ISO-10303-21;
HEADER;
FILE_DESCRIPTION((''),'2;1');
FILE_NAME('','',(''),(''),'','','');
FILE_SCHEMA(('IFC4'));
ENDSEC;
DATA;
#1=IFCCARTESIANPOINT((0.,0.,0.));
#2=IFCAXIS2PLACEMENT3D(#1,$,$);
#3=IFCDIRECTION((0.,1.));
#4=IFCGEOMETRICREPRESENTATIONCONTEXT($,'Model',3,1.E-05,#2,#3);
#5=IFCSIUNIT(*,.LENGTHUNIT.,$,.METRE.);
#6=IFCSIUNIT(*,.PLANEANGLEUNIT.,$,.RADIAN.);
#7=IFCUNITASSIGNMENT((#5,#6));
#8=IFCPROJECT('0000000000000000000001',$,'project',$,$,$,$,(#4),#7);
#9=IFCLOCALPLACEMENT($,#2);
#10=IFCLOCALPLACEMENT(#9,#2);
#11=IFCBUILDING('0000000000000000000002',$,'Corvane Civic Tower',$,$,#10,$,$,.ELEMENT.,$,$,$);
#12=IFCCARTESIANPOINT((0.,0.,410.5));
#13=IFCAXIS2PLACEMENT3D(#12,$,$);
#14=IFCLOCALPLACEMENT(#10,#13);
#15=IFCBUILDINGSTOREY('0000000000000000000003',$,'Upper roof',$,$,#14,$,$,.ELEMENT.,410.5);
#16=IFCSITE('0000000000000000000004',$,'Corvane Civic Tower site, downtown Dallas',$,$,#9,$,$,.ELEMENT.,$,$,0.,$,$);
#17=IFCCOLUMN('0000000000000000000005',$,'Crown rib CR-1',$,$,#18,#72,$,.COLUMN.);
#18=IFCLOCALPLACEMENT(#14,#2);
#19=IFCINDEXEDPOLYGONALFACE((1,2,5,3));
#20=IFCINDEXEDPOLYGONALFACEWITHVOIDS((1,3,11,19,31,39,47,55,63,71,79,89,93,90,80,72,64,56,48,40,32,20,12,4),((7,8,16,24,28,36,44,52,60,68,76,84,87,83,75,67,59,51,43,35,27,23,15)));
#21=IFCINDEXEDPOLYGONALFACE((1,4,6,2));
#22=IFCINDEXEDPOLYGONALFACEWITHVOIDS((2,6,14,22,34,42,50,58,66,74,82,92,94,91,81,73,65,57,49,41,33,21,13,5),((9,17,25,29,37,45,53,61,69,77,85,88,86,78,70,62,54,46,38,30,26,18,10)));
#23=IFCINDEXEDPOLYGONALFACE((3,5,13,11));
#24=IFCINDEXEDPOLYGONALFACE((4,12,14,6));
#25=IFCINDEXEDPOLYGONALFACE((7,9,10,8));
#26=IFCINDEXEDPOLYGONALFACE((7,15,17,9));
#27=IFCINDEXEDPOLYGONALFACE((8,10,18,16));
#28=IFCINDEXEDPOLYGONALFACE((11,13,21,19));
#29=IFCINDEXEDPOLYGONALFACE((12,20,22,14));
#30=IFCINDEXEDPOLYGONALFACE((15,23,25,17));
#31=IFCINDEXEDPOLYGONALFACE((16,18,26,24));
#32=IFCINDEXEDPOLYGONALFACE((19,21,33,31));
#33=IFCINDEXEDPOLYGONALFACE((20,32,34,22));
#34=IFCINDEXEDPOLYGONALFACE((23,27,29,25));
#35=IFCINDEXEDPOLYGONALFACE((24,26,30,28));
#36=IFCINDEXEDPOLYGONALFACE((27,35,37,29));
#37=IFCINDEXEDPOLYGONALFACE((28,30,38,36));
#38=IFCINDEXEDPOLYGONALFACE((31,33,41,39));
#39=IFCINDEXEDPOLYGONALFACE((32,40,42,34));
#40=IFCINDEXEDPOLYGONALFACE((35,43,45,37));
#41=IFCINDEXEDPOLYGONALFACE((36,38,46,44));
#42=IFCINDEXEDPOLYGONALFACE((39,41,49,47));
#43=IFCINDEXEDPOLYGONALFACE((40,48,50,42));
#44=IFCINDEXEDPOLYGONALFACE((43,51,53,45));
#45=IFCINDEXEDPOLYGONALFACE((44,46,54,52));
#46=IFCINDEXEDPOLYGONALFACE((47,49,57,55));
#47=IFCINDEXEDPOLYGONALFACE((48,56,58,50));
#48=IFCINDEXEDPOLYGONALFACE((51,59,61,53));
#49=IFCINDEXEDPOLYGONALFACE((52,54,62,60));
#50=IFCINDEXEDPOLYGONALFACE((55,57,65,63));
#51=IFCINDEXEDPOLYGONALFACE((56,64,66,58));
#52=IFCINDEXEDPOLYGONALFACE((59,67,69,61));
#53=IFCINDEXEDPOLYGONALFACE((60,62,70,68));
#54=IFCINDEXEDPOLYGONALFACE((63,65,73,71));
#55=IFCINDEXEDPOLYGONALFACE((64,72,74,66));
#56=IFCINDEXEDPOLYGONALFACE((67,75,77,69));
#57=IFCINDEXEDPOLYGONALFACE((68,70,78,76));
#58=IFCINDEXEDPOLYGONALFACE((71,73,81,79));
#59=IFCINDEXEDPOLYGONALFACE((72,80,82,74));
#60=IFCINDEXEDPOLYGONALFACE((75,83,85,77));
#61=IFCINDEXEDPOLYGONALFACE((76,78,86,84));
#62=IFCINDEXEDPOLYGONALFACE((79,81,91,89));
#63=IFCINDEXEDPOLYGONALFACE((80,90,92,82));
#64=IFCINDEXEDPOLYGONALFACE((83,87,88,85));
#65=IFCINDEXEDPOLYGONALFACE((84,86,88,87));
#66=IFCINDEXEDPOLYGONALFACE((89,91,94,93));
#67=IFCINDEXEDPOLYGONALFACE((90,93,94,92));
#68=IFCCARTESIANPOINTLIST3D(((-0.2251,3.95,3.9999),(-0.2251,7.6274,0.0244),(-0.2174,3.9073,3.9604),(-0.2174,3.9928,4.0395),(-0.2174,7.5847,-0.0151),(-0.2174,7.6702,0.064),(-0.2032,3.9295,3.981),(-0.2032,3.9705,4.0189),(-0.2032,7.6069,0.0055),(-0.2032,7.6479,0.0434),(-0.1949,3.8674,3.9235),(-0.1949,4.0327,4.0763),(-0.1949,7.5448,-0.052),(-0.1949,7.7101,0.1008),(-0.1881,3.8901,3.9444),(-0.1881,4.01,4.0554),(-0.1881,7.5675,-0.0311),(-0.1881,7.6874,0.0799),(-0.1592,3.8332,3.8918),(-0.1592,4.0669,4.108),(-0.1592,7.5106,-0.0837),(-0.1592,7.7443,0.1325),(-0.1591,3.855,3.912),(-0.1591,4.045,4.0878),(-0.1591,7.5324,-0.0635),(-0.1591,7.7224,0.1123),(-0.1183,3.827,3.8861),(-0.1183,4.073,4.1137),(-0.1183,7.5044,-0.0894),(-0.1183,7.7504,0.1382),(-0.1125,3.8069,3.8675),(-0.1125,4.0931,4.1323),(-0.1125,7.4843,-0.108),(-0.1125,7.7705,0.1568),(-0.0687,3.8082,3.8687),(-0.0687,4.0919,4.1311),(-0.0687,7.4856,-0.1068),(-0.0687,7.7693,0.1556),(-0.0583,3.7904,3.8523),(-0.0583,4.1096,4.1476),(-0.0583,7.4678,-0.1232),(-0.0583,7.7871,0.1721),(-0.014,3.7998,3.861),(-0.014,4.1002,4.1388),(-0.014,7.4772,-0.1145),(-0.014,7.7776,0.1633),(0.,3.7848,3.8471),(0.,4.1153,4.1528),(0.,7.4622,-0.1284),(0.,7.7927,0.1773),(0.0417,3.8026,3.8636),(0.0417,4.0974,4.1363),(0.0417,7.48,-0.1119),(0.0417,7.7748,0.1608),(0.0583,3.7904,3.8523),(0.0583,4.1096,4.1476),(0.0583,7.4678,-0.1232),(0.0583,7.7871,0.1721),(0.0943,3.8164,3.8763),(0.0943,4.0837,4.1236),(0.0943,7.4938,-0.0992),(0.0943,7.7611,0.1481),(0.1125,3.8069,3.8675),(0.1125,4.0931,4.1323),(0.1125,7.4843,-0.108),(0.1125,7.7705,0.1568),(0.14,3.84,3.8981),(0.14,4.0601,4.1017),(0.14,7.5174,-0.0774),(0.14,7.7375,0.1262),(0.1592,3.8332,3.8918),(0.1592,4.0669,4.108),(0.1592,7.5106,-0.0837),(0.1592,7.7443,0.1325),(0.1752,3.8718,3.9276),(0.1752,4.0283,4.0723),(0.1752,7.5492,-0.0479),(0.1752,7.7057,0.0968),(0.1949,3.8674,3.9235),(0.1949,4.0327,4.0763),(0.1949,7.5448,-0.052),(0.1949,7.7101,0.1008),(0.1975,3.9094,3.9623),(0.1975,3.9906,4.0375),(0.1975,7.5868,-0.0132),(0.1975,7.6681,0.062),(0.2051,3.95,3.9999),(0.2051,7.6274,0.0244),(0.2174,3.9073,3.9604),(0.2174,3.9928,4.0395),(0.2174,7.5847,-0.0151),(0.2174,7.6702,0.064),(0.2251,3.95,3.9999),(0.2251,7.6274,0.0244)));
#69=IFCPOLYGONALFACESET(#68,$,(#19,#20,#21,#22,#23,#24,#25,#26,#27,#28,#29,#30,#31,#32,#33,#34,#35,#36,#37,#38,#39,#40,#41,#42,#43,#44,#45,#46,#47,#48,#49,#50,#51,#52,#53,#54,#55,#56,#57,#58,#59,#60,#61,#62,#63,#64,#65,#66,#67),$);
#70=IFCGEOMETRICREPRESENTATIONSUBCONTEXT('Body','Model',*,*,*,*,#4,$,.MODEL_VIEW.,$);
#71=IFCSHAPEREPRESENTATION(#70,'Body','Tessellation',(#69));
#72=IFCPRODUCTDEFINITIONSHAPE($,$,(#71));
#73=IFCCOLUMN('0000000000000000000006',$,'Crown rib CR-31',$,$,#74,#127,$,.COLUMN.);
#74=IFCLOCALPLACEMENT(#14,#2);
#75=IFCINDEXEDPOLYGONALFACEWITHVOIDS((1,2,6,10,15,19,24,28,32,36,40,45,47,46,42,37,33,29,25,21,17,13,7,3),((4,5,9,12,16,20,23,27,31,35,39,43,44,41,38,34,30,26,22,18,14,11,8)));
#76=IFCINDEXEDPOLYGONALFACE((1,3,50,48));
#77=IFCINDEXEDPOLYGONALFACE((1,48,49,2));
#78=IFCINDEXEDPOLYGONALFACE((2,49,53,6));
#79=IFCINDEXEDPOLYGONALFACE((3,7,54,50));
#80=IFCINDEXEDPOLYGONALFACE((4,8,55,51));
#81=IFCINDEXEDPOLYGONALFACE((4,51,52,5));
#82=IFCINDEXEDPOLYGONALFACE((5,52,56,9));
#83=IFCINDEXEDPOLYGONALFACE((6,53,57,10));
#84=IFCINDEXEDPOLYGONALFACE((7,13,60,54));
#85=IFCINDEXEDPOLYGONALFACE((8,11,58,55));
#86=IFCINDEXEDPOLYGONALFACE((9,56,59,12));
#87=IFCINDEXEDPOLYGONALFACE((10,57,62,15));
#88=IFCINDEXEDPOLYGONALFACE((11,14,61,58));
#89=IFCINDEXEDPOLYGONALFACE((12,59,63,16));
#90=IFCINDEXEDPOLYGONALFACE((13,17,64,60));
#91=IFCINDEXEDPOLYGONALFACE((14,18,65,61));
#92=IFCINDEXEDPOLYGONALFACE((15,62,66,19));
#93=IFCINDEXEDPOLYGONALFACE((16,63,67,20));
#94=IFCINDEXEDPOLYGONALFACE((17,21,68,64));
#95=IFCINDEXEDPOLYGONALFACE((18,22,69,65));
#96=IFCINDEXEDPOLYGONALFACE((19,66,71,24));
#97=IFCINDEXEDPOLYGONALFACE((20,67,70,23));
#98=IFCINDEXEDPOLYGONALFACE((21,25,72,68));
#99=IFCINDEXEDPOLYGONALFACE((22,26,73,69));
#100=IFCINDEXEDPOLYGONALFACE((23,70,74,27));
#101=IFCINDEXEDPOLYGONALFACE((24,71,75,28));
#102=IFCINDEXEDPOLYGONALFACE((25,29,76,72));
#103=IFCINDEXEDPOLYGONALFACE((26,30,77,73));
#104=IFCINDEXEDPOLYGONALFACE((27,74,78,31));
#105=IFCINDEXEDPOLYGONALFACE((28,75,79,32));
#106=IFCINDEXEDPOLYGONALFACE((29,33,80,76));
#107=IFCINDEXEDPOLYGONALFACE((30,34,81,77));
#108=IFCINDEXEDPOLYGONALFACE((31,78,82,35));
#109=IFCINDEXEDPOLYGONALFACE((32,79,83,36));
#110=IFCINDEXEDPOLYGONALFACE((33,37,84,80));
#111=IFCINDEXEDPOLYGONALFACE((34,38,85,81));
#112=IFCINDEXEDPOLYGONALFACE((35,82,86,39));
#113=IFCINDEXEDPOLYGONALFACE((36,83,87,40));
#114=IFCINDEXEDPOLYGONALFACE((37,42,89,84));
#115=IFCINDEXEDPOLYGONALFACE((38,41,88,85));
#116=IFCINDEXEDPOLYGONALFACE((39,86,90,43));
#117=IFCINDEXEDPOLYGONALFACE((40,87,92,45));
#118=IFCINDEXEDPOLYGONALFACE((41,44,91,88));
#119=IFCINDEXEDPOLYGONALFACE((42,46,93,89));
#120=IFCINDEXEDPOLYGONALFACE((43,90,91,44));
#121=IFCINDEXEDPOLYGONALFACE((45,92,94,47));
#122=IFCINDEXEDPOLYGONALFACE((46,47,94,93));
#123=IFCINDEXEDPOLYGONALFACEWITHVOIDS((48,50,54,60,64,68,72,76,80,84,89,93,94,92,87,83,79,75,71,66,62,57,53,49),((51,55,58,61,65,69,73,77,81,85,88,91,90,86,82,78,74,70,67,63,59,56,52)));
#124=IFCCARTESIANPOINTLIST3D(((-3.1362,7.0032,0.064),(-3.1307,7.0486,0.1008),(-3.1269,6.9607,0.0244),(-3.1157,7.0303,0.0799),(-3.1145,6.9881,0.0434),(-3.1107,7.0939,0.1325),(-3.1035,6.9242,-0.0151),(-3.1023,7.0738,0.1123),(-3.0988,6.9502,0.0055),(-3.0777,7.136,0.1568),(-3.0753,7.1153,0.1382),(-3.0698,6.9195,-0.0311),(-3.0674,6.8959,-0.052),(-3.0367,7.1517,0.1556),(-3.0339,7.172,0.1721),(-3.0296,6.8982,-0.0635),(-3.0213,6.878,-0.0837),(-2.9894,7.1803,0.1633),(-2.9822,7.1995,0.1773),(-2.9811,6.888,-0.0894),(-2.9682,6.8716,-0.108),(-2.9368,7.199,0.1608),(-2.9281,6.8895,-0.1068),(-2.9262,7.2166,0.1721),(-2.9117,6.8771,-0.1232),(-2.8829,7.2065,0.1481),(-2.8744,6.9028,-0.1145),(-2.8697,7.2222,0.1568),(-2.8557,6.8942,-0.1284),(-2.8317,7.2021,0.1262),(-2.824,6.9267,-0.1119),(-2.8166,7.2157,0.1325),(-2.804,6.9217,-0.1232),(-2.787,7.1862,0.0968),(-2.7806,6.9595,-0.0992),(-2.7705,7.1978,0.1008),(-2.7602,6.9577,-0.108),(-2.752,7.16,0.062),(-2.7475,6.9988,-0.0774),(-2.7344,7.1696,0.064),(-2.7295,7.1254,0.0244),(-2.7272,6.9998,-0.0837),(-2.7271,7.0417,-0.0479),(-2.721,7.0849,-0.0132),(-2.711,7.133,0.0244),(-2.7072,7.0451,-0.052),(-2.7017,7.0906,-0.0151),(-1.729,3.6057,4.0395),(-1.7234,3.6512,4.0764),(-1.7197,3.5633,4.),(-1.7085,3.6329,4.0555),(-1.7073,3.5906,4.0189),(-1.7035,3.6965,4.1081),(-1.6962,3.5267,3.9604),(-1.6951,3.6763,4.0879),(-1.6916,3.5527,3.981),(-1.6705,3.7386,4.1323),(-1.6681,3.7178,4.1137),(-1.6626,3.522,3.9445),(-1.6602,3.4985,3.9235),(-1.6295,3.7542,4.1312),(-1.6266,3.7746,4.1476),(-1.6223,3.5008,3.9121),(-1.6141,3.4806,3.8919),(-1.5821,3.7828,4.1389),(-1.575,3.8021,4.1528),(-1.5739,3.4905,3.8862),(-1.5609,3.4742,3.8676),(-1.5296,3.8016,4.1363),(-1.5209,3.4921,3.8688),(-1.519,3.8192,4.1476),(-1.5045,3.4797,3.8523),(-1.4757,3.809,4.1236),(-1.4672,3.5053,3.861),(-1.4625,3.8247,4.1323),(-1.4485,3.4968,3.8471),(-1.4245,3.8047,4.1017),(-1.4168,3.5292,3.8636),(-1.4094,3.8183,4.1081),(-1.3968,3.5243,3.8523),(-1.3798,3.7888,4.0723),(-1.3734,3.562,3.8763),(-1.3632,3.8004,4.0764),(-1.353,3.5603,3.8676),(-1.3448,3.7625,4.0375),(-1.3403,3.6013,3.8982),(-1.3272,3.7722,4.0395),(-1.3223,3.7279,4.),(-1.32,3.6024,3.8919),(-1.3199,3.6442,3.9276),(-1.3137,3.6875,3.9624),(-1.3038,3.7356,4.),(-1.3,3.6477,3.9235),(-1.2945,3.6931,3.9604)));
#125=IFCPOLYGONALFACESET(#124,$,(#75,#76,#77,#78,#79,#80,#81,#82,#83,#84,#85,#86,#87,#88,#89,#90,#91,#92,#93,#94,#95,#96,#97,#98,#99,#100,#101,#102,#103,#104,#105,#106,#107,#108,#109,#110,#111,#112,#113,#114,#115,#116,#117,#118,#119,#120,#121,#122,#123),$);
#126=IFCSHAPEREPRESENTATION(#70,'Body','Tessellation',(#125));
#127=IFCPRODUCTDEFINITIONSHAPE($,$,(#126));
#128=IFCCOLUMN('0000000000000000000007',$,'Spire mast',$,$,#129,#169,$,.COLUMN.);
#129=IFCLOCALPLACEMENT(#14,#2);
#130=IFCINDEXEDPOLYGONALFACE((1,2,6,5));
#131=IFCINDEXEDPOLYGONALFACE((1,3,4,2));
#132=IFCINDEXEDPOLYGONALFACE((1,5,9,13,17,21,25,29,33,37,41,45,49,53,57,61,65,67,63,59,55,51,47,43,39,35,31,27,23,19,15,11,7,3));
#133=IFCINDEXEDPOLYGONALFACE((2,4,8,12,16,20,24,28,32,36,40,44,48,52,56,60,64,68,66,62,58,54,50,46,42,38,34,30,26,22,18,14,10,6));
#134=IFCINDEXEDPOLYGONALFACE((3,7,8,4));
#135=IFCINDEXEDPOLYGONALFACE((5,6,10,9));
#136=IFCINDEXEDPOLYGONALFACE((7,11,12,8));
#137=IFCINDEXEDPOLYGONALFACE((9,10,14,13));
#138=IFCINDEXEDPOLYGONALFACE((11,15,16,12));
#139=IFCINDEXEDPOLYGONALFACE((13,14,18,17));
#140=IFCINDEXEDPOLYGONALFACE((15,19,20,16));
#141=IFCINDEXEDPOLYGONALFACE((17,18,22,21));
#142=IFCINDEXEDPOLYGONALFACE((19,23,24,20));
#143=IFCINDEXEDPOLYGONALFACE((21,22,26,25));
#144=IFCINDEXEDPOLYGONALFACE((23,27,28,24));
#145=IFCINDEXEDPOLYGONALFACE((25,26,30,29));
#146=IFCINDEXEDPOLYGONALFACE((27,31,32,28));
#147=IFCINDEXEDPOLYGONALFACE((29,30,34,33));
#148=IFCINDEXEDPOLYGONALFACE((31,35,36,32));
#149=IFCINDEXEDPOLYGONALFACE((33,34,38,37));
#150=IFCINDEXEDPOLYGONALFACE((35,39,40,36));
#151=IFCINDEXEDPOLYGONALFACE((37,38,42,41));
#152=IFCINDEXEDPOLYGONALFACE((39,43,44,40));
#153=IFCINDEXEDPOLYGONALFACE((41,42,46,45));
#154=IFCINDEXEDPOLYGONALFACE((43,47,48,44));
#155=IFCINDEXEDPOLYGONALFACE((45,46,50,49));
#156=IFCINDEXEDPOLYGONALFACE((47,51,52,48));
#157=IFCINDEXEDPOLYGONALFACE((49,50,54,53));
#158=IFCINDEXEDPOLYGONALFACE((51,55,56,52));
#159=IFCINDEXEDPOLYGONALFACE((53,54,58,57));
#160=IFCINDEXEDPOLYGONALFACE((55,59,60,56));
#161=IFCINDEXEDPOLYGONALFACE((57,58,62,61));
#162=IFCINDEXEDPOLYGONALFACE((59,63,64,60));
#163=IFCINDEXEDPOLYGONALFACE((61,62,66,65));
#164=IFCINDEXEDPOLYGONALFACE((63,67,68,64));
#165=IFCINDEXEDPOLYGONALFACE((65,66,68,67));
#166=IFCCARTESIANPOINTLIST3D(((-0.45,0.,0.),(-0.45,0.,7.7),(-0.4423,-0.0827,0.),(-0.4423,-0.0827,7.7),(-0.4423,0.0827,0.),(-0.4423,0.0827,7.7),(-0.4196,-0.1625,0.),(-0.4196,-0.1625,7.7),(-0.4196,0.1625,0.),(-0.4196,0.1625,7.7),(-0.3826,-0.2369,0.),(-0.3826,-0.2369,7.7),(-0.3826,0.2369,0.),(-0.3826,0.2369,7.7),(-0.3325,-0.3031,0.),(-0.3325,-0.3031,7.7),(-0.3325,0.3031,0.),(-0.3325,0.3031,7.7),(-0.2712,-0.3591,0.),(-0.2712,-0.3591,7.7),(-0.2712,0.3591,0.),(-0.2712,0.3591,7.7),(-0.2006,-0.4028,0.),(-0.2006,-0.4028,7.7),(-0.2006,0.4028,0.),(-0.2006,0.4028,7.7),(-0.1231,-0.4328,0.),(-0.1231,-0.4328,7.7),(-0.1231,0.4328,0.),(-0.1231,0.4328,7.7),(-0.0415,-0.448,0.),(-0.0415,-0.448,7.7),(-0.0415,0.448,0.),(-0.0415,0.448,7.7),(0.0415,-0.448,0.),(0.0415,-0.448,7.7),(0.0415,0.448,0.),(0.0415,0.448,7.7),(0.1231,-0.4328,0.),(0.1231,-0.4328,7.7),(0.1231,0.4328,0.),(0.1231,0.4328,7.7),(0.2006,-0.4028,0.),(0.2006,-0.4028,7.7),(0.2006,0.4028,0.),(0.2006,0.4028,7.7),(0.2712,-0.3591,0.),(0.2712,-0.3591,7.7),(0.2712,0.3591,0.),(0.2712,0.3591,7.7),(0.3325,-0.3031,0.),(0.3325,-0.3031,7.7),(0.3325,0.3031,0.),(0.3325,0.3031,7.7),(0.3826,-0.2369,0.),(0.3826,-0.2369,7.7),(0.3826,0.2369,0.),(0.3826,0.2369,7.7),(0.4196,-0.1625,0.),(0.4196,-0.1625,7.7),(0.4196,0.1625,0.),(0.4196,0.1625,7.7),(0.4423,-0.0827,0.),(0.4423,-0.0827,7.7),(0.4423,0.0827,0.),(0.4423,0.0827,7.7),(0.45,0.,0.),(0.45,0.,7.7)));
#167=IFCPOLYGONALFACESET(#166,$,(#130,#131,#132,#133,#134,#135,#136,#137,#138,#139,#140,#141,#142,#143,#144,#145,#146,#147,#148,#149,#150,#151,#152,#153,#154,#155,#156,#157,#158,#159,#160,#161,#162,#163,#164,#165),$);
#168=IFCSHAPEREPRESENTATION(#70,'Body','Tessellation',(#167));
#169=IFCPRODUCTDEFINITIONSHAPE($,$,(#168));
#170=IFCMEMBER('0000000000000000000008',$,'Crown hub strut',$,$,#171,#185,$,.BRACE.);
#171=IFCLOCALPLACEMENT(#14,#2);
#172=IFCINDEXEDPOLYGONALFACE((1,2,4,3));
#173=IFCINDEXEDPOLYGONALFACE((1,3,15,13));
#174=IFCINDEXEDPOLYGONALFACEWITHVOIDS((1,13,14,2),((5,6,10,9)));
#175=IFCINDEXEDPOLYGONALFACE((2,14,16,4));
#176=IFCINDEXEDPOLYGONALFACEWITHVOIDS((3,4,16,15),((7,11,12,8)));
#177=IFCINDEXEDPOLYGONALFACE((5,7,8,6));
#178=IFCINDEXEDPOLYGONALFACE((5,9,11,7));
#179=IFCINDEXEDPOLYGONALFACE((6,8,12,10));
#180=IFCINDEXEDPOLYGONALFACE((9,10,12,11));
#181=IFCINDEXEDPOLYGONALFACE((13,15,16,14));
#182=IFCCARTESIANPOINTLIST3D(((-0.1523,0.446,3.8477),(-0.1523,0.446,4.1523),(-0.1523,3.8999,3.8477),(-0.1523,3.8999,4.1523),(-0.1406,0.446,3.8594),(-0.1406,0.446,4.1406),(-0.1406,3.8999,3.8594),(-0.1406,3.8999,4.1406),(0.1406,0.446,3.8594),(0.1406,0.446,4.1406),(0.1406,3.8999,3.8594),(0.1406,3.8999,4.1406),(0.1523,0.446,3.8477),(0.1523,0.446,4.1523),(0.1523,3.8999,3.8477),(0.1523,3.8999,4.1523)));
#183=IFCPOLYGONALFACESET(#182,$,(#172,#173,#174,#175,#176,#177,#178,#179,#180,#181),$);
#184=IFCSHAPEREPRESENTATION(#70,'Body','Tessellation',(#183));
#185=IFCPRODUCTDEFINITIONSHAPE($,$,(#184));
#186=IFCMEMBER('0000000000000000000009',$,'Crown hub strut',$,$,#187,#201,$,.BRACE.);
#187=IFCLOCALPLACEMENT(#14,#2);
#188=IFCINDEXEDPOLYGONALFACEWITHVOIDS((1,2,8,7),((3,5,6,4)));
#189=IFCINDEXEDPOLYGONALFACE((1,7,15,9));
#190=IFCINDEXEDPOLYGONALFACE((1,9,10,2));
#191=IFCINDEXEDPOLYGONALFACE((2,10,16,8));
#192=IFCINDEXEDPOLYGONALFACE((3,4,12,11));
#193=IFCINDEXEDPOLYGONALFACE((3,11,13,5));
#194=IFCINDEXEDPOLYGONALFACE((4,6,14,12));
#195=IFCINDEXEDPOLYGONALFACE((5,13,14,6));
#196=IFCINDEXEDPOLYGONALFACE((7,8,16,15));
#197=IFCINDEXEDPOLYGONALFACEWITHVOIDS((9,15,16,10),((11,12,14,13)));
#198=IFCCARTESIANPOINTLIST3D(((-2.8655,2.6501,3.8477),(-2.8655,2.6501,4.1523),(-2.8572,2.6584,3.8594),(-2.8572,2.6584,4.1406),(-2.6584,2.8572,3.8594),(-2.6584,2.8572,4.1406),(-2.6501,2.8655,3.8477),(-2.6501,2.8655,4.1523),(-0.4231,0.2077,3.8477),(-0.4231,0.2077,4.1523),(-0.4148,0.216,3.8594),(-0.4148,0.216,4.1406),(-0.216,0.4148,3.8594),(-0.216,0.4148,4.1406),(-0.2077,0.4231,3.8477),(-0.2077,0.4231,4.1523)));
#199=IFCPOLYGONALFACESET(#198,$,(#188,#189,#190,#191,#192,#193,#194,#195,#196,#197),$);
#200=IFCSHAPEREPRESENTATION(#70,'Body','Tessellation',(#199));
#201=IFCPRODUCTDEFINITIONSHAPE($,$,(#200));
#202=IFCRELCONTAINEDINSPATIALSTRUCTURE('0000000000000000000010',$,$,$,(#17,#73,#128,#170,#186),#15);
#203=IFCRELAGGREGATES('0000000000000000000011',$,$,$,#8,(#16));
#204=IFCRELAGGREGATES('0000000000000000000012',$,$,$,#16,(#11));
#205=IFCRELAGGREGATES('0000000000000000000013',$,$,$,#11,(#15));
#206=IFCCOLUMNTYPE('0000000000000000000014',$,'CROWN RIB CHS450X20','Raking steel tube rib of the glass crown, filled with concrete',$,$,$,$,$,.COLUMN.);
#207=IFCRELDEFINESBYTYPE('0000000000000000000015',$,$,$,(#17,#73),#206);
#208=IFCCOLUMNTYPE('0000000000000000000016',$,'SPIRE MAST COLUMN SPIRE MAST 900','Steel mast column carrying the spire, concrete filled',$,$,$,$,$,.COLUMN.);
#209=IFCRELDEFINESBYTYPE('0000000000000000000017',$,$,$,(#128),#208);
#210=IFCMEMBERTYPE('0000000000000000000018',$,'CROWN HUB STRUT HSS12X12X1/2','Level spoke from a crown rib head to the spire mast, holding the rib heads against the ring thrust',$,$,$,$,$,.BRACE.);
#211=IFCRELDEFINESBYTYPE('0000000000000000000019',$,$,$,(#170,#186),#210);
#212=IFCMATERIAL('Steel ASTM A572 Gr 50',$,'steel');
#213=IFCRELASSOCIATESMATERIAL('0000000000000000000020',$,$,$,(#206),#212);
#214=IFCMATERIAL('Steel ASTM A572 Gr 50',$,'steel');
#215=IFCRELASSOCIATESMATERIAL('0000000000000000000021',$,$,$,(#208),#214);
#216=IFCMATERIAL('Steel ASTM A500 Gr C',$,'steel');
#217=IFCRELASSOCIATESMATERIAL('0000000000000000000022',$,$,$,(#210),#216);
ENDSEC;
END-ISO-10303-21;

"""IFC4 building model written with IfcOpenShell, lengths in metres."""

from ifc_helpers import new_model, si_unit, direction, frame, origin, origin_with_axes, origin_2d, place, context, subcontext, project, spatial, hollow_rectangle, circle, hollow_circle, extrude, material, material_profile, profile_set, type_object, element, save


model = new_model("IFC4")

# Units and contexts
model_context = context("Model", 3, precision=1e-05, world=origin(), true_north=direction((0.0, 1.0)))
body_context = subcontext(model_context, "Body", "Model", "MODEL_VIEW")
ifc_project = project(units=[si_unit("LENGTHUNIT", "METRE"), si_unit("PLANEANGLEUNIT", "RADIAN")], contexts=[model_context])

# Site, building, storey
site_placement = place(None, origin())
site = spatial("IfcSite", under=ifc_project, at=site_placement, Name="Corvane Civic Tower site, downtown Dallas", CompositionType="ELEMENT", RefElevation=0.0)
building_placement = place(site_placement, origin())
building = spatial("IfcBuilding", under=site, at=building_placement, Name="Corvane Civic Tower", CompositionType="ELEMENT")
storey_placement = place(building_placement, frame((0.0, 0.0, 410.5)))
storey = spatial("IfcBuildingStorey", under=building, at=storey_placement, Name="Upper roof", CompositionType="ELEMENT", Elevation=410.5)

# Columns
ifc_material_1 = material(Name="Steel ASTM A572 Gr 50", Category="steel")
ifc_material_profile_1 = material_profile(ifc_material_1, hollow_circle(Radius=0.2251, WallThickness=0.02, at=origin_2d()), Name="CHS450X20")
ifc_profile_set_1 = profile_set([ifc_material_profile_1], Name="Steel ASTM A572 Gr 50")
column_type_1 = type_object("IfcColumnType", Name="CROWN RIB CHS450X20", Description="Raking steel tube rib of the glass crown, filled with concrete", PredefinedType="COLUMN", material=ifc_profile_set_1)
for number, where, z_axis, x_axis, name in (
    (1, (0.0, 7.6274, 0.0244), (0.0, -0.679049, 0.734093), (1.0, 0.0, 0.0), "Crown rib CR-1"),
    (2, (-2.9189, 7.0469, 0.0244), (0.259849, -0.627352, 0.734104), (0.923884, 0.382672, 0.0), "Crown rib CR-31"),
):
    element("IfcColumn", number, at=place(storey_placement, frame(where, z_axis=z_axis, x_axis=x_axis)), inside=storey, type_object=column_type_1, Name=name, PredefinedType="COLUMN", context=body_context, shape_type="SweptSolid", body=[
        extrude(hollow_circle(Radius=0.2251, WallThickness=0.02, at=origin_2d()), origin(), (0.0, 0.0, 1.0), 5.4155),
    ])
ifc_material_2 = material(Name="Steel ASTM A572 Gr 50", Category="steel")
ifc_material_profile_2 = material_profile(ifc_material_2, circle(Radius=0.45, at=origin_2d()), Name="SPIRE MAST 900")
ifc_profile_set_2 = profile_set([ifc_material_profile_2], Name="Steel ASTM A572 Gr 50")
column_type_2 = type_object("IfcColumnType", Name="SPIRE MAST COLUMN SPIRE MAST 900", Description="Steel mast column carrying the spire, concrete filled", PredefinedType="COLUMN", material=ifc_profile_set_2)
column_placement = place(storey_placement, origin_with_axes())
element("IfcColumn", 3, at=column_placement, inside=storey, type_object=column_type_2, Name="Spire mast", PredefinedType="COLUMN", context=body_context, shape_type="SweptSolid", body=[
    extrude(circle(Radius=0.45, at=origin_2d()), origin(), (0.0, 0.0, 1.0), 7.7),
])

# Members
ifc_material_3 = material(Name="Steel ASTM A500 Gr C", Category="steel")
ifc_material_profile_3 = material_profile(ifc_material_3, hollow_rectangle(XDim=0.3047, YDim=0.3047, WallThickness=0.0117, at=origin_2d()), Name="HSS12X12X1/2")
ifc_profile_set_3 = profile_set([ifc_material_profile_3], Name="Steel ASTM A500 Gr C")
member_type_1 = type_object("IfcMemberType", Name="CROWN HUB STRUT HSS12X12X1/2", Description="Level spoke from a crown rib head to the spire mast, holding the rib heads against the ring thrust", PredefinedType="BRACE", material=ifc_profile_set_3)
member_1_placement = place(storey_placement, frame((0.0, 3.8999, 4.0), z_axis=(0.0, -1.0, 0.0), x_axis=(1.0, 0.0, 0.0)))
element("IfcMember", 4, at=member_1_placement, inside=storey, type_object=member_type_1, Name="Crown hub strut", PredefinedType="BRACE", context=body_context, shape_type="SweptSolid", body=[
    extrude(hollow_rectangle(XDim=0.3047, YDim=0.3047, WallThickness=0.0117, at=origin_2d()), origin(), (0.0, 0.0, 1.0), 3.4539),
])
member_2_placement = place(storey_placement, frame((-2.7578, 2.7578, 4.0), z_axis=(0.707107, -0.707107, 0.0), x_axis=(0.707107, 0.707107, 0.0)))
element("IfcMember", 5, at=member_2_placement, inside=storey, type_object=member_type_1, Name="Crown hub strut", PredefinedType="BRACE", context=body_context, shape_type="SweptSolid", body=[
    extrude(hollow_rectangle(XDim=0.3047, YDim=0.3047, WallThickness=0.0117, at=origin_2d()), origin(), (0.0, 0.0, 1.0), 3.4541),
])

save(model, "model.ifc")
